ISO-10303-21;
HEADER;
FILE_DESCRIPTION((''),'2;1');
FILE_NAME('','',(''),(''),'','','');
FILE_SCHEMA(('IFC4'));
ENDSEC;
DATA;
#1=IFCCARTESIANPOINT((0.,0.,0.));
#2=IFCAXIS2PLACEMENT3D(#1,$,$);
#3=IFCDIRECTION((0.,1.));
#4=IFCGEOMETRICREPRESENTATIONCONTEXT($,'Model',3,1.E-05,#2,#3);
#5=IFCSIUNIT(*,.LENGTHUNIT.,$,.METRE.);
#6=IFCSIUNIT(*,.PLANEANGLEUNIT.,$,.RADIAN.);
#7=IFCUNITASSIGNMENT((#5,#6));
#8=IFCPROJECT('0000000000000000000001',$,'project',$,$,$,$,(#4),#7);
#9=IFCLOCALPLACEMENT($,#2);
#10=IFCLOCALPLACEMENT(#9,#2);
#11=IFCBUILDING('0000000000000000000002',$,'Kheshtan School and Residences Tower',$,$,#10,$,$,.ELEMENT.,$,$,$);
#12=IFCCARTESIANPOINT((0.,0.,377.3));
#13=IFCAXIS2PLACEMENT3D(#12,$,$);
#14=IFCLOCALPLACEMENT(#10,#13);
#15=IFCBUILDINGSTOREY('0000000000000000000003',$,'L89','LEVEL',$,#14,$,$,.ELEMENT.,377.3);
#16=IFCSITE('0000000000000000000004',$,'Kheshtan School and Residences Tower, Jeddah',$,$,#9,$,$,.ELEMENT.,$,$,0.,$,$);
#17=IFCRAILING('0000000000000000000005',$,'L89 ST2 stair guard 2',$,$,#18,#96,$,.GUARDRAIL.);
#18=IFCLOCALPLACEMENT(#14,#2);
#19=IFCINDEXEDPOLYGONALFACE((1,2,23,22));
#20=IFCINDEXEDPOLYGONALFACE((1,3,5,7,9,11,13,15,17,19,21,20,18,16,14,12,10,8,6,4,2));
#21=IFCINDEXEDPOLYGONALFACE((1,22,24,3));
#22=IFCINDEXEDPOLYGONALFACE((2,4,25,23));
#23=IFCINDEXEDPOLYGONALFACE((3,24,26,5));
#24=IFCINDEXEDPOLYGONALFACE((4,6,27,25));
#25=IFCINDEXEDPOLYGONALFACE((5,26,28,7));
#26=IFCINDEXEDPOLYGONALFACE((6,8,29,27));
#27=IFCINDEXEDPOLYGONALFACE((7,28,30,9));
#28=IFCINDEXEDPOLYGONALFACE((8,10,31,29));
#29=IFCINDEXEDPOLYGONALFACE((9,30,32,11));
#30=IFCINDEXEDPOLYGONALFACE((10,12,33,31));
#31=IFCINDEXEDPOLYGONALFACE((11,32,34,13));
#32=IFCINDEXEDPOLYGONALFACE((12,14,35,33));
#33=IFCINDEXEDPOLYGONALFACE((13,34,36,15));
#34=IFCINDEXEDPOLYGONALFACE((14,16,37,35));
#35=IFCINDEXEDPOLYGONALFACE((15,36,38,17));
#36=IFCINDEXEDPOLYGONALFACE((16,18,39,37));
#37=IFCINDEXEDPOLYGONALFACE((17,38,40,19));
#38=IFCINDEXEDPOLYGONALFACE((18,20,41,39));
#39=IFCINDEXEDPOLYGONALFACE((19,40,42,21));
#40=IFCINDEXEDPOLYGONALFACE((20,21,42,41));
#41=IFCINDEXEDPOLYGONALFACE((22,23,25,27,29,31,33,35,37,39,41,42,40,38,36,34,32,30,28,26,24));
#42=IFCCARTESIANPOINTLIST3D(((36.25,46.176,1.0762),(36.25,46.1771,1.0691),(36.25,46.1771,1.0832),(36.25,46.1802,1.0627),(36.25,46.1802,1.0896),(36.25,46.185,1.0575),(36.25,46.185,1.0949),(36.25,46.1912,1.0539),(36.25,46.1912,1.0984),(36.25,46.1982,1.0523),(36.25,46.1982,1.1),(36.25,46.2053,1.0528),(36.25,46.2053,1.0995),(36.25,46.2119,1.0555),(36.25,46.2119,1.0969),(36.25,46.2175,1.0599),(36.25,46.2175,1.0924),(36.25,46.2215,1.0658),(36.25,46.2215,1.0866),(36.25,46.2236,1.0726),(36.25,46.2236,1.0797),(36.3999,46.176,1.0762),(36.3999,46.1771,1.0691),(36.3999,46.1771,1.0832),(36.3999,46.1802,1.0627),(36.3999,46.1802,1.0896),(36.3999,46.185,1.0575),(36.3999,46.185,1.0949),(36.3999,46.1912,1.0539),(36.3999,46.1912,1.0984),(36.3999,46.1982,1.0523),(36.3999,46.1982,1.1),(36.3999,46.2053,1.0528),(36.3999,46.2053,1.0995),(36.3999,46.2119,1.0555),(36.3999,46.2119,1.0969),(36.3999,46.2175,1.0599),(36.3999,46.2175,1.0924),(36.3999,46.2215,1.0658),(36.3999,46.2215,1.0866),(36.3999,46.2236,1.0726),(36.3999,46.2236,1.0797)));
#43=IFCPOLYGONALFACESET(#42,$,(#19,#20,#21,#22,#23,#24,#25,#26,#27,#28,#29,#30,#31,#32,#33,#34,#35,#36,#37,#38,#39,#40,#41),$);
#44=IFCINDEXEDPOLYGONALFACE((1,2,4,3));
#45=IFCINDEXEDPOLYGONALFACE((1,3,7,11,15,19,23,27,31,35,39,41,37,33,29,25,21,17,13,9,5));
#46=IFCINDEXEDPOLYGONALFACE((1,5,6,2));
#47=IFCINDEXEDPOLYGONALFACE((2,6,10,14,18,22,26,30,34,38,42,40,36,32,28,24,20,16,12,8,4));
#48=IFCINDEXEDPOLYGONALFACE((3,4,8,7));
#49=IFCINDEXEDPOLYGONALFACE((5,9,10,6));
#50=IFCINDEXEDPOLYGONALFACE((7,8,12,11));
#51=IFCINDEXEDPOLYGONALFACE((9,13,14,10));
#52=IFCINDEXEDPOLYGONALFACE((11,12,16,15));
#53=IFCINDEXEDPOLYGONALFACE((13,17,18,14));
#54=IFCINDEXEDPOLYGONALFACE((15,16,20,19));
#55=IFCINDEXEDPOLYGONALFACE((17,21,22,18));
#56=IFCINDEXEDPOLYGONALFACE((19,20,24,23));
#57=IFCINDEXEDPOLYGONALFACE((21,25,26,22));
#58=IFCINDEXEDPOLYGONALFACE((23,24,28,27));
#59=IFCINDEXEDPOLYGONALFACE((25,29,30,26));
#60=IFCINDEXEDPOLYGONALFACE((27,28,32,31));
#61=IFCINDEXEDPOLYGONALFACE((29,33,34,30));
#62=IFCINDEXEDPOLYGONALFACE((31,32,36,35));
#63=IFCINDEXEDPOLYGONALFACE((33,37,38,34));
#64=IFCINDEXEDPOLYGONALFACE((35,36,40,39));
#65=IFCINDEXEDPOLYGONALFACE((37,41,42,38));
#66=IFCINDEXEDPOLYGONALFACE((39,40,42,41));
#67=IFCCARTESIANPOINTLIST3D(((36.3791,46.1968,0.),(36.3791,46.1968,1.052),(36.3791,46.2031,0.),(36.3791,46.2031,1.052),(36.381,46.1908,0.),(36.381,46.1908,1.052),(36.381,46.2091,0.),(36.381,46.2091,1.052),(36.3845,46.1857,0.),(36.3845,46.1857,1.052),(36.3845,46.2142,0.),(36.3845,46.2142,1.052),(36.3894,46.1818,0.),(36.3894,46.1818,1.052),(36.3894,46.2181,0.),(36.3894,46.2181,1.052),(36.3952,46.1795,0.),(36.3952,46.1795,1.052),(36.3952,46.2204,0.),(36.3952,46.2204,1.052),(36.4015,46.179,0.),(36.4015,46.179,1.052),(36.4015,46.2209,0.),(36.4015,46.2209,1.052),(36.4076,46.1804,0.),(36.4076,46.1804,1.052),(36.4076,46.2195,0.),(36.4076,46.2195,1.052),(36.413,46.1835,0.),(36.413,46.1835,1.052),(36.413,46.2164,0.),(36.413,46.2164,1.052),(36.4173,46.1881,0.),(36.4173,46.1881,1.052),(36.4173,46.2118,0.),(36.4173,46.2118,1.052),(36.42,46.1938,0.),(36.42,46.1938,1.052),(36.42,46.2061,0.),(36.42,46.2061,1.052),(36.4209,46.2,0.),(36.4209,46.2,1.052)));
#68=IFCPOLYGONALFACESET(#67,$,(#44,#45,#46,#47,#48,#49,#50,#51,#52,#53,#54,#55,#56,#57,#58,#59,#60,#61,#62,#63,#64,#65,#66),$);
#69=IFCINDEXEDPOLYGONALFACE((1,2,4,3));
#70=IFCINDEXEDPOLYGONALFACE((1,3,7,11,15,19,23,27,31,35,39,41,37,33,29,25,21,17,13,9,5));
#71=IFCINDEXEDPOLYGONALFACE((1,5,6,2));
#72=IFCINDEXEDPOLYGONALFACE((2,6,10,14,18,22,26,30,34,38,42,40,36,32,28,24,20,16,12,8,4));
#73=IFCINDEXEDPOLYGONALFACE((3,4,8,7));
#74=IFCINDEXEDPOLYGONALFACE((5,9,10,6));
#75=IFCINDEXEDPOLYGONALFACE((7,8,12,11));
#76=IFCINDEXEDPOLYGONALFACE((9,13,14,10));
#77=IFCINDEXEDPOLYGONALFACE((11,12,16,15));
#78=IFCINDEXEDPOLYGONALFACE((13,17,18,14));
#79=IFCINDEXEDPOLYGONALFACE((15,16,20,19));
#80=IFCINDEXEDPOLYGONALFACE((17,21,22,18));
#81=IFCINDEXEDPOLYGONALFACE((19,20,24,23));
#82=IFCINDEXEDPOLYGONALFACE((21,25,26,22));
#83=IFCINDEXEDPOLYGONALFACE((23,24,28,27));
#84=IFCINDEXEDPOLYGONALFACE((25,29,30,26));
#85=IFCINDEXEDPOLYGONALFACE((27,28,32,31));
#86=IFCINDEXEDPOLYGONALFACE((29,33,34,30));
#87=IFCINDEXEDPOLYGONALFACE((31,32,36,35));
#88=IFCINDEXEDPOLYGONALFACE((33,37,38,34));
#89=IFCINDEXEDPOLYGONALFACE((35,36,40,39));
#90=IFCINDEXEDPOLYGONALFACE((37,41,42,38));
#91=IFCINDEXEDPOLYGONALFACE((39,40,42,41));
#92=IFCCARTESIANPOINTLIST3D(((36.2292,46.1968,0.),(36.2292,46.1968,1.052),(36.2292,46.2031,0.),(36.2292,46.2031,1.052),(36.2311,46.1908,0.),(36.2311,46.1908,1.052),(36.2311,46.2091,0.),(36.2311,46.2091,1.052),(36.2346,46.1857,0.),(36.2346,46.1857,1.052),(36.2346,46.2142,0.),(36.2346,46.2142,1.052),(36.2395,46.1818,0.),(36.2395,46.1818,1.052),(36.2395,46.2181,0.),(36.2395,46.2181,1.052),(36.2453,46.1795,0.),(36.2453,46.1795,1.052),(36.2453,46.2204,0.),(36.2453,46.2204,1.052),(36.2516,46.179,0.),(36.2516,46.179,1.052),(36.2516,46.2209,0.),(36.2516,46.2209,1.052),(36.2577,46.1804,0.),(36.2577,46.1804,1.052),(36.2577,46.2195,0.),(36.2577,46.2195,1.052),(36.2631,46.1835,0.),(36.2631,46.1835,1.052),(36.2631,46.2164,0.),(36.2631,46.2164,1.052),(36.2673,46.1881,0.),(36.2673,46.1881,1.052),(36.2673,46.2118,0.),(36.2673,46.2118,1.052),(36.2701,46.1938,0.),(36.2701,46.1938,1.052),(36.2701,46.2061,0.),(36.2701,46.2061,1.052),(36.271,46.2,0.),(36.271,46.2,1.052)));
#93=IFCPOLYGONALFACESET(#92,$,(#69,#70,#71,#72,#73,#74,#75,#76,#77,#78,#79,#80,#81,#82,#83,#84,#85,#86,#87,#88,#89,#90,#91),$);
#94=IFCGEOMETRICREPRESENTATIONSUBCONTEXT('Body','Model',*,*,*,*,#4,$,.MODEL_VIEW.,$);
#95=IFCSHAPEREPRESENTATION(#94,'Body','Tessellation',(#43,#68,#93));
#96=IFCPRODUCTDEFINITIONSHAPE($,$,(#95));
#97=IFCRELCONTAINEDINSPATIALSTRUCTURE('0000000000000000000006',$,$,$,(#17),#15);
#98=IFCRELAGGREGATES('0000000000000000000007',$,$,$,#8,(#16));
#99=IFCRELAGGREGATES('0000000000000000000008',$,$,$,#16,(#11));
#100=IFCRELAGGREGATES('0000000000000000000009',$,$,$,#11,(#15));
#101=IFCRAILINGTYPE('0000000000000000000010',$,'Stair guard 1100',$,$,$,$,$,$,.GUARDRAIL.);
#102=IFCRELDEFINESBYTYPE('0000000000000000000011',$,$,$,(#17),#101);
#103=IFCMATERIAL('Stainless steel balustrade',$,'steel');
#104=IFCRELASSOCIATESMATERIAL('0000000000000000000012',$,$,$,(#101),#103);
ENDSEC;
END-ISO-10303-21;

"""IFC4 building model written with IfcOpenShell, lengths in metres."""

from ifc_helpers import new_model, si_unit, direction, frame, origin, origin_2d, place, context, subcontext, project, spatial, circle, extrude, material, type_object, element, save


model = new_model("IFC4")

# Units and contexts
model_context = context("Model", 3, precision=1e-05, world=origin(), true_north=direction((0.0, 1.0)))
body_context = subcontext(model_context, "Body", "Model", "MODEL_VIEW")
ifc_project = project(units=[si_unit("LENGTHUNIT", "METRE"), si_unit("PLANEANGLEUNIT", "RADIAN")], contexts=[model_context])

# Site, building, storey
site_placement = place(None, origin())
site = spatial("IfcSite", under=ifc_project, at=site_placement, Name="Kheshtan School and Residences Tower, Jeddah", CompositionType="ELEMENT", RefElevation=0.0)
building_placement = place(site_placement, origin())
building = spatial("IfcBuilding", under=site, at=building_placement, Name="Kheshtan School and Residences Tower", CompositionType="ELEMENT")
storey_placement = place(building_placement, frame((0.0, 0.0, 377.3)))
storey = spatial("IfcBuildingStorey", under=building, at=storey_placement, Name="L89", Description="LEVEL", CompositionType="ELEMENT", Elevation=377.3)

# Railing
ifc_material_1 = material(Name="Stainless steel balustrade", Category="steel")
railing_type_1 = type_object("IfcRailingType", Name="Stair guard 1100", PredefinedType="GUARDRAIL", material=ifc_material_1)
railing_1_placement = place(storey_placement, frame((36.3999, 46.2, 0.0)))
element("IfcRailing", 1, at=railing_1_placement, inside=storey, type_object=railing_type_1, Name="L89 ST2 stair guard 2", PredefinedType="GUARDRAIL", context=body_context, shape_type="SweptSolid", body=[
    extrude(circle(Radius=0.0239, at=origin_2d()), frame((0.0, 0.0, 1.0762), z_axis=(-1.0, 0.0, 0.0), x_axis=(0.0, -1.0, 0.0)), (0.0, 0.0, 1.0), 0.1499),
    extrude(circle(Radius=0.021, at=origin_2d()), origin(), (0.0, 0.0, 1.0), 1.052),
    extrude(circle(Radius=0.021, at=origin_2d()), frame((-0.1499, 0.0, 0.0)), (0.0, 0.0, 1.0), 1.052),
])

save(model, "model.ifc")
